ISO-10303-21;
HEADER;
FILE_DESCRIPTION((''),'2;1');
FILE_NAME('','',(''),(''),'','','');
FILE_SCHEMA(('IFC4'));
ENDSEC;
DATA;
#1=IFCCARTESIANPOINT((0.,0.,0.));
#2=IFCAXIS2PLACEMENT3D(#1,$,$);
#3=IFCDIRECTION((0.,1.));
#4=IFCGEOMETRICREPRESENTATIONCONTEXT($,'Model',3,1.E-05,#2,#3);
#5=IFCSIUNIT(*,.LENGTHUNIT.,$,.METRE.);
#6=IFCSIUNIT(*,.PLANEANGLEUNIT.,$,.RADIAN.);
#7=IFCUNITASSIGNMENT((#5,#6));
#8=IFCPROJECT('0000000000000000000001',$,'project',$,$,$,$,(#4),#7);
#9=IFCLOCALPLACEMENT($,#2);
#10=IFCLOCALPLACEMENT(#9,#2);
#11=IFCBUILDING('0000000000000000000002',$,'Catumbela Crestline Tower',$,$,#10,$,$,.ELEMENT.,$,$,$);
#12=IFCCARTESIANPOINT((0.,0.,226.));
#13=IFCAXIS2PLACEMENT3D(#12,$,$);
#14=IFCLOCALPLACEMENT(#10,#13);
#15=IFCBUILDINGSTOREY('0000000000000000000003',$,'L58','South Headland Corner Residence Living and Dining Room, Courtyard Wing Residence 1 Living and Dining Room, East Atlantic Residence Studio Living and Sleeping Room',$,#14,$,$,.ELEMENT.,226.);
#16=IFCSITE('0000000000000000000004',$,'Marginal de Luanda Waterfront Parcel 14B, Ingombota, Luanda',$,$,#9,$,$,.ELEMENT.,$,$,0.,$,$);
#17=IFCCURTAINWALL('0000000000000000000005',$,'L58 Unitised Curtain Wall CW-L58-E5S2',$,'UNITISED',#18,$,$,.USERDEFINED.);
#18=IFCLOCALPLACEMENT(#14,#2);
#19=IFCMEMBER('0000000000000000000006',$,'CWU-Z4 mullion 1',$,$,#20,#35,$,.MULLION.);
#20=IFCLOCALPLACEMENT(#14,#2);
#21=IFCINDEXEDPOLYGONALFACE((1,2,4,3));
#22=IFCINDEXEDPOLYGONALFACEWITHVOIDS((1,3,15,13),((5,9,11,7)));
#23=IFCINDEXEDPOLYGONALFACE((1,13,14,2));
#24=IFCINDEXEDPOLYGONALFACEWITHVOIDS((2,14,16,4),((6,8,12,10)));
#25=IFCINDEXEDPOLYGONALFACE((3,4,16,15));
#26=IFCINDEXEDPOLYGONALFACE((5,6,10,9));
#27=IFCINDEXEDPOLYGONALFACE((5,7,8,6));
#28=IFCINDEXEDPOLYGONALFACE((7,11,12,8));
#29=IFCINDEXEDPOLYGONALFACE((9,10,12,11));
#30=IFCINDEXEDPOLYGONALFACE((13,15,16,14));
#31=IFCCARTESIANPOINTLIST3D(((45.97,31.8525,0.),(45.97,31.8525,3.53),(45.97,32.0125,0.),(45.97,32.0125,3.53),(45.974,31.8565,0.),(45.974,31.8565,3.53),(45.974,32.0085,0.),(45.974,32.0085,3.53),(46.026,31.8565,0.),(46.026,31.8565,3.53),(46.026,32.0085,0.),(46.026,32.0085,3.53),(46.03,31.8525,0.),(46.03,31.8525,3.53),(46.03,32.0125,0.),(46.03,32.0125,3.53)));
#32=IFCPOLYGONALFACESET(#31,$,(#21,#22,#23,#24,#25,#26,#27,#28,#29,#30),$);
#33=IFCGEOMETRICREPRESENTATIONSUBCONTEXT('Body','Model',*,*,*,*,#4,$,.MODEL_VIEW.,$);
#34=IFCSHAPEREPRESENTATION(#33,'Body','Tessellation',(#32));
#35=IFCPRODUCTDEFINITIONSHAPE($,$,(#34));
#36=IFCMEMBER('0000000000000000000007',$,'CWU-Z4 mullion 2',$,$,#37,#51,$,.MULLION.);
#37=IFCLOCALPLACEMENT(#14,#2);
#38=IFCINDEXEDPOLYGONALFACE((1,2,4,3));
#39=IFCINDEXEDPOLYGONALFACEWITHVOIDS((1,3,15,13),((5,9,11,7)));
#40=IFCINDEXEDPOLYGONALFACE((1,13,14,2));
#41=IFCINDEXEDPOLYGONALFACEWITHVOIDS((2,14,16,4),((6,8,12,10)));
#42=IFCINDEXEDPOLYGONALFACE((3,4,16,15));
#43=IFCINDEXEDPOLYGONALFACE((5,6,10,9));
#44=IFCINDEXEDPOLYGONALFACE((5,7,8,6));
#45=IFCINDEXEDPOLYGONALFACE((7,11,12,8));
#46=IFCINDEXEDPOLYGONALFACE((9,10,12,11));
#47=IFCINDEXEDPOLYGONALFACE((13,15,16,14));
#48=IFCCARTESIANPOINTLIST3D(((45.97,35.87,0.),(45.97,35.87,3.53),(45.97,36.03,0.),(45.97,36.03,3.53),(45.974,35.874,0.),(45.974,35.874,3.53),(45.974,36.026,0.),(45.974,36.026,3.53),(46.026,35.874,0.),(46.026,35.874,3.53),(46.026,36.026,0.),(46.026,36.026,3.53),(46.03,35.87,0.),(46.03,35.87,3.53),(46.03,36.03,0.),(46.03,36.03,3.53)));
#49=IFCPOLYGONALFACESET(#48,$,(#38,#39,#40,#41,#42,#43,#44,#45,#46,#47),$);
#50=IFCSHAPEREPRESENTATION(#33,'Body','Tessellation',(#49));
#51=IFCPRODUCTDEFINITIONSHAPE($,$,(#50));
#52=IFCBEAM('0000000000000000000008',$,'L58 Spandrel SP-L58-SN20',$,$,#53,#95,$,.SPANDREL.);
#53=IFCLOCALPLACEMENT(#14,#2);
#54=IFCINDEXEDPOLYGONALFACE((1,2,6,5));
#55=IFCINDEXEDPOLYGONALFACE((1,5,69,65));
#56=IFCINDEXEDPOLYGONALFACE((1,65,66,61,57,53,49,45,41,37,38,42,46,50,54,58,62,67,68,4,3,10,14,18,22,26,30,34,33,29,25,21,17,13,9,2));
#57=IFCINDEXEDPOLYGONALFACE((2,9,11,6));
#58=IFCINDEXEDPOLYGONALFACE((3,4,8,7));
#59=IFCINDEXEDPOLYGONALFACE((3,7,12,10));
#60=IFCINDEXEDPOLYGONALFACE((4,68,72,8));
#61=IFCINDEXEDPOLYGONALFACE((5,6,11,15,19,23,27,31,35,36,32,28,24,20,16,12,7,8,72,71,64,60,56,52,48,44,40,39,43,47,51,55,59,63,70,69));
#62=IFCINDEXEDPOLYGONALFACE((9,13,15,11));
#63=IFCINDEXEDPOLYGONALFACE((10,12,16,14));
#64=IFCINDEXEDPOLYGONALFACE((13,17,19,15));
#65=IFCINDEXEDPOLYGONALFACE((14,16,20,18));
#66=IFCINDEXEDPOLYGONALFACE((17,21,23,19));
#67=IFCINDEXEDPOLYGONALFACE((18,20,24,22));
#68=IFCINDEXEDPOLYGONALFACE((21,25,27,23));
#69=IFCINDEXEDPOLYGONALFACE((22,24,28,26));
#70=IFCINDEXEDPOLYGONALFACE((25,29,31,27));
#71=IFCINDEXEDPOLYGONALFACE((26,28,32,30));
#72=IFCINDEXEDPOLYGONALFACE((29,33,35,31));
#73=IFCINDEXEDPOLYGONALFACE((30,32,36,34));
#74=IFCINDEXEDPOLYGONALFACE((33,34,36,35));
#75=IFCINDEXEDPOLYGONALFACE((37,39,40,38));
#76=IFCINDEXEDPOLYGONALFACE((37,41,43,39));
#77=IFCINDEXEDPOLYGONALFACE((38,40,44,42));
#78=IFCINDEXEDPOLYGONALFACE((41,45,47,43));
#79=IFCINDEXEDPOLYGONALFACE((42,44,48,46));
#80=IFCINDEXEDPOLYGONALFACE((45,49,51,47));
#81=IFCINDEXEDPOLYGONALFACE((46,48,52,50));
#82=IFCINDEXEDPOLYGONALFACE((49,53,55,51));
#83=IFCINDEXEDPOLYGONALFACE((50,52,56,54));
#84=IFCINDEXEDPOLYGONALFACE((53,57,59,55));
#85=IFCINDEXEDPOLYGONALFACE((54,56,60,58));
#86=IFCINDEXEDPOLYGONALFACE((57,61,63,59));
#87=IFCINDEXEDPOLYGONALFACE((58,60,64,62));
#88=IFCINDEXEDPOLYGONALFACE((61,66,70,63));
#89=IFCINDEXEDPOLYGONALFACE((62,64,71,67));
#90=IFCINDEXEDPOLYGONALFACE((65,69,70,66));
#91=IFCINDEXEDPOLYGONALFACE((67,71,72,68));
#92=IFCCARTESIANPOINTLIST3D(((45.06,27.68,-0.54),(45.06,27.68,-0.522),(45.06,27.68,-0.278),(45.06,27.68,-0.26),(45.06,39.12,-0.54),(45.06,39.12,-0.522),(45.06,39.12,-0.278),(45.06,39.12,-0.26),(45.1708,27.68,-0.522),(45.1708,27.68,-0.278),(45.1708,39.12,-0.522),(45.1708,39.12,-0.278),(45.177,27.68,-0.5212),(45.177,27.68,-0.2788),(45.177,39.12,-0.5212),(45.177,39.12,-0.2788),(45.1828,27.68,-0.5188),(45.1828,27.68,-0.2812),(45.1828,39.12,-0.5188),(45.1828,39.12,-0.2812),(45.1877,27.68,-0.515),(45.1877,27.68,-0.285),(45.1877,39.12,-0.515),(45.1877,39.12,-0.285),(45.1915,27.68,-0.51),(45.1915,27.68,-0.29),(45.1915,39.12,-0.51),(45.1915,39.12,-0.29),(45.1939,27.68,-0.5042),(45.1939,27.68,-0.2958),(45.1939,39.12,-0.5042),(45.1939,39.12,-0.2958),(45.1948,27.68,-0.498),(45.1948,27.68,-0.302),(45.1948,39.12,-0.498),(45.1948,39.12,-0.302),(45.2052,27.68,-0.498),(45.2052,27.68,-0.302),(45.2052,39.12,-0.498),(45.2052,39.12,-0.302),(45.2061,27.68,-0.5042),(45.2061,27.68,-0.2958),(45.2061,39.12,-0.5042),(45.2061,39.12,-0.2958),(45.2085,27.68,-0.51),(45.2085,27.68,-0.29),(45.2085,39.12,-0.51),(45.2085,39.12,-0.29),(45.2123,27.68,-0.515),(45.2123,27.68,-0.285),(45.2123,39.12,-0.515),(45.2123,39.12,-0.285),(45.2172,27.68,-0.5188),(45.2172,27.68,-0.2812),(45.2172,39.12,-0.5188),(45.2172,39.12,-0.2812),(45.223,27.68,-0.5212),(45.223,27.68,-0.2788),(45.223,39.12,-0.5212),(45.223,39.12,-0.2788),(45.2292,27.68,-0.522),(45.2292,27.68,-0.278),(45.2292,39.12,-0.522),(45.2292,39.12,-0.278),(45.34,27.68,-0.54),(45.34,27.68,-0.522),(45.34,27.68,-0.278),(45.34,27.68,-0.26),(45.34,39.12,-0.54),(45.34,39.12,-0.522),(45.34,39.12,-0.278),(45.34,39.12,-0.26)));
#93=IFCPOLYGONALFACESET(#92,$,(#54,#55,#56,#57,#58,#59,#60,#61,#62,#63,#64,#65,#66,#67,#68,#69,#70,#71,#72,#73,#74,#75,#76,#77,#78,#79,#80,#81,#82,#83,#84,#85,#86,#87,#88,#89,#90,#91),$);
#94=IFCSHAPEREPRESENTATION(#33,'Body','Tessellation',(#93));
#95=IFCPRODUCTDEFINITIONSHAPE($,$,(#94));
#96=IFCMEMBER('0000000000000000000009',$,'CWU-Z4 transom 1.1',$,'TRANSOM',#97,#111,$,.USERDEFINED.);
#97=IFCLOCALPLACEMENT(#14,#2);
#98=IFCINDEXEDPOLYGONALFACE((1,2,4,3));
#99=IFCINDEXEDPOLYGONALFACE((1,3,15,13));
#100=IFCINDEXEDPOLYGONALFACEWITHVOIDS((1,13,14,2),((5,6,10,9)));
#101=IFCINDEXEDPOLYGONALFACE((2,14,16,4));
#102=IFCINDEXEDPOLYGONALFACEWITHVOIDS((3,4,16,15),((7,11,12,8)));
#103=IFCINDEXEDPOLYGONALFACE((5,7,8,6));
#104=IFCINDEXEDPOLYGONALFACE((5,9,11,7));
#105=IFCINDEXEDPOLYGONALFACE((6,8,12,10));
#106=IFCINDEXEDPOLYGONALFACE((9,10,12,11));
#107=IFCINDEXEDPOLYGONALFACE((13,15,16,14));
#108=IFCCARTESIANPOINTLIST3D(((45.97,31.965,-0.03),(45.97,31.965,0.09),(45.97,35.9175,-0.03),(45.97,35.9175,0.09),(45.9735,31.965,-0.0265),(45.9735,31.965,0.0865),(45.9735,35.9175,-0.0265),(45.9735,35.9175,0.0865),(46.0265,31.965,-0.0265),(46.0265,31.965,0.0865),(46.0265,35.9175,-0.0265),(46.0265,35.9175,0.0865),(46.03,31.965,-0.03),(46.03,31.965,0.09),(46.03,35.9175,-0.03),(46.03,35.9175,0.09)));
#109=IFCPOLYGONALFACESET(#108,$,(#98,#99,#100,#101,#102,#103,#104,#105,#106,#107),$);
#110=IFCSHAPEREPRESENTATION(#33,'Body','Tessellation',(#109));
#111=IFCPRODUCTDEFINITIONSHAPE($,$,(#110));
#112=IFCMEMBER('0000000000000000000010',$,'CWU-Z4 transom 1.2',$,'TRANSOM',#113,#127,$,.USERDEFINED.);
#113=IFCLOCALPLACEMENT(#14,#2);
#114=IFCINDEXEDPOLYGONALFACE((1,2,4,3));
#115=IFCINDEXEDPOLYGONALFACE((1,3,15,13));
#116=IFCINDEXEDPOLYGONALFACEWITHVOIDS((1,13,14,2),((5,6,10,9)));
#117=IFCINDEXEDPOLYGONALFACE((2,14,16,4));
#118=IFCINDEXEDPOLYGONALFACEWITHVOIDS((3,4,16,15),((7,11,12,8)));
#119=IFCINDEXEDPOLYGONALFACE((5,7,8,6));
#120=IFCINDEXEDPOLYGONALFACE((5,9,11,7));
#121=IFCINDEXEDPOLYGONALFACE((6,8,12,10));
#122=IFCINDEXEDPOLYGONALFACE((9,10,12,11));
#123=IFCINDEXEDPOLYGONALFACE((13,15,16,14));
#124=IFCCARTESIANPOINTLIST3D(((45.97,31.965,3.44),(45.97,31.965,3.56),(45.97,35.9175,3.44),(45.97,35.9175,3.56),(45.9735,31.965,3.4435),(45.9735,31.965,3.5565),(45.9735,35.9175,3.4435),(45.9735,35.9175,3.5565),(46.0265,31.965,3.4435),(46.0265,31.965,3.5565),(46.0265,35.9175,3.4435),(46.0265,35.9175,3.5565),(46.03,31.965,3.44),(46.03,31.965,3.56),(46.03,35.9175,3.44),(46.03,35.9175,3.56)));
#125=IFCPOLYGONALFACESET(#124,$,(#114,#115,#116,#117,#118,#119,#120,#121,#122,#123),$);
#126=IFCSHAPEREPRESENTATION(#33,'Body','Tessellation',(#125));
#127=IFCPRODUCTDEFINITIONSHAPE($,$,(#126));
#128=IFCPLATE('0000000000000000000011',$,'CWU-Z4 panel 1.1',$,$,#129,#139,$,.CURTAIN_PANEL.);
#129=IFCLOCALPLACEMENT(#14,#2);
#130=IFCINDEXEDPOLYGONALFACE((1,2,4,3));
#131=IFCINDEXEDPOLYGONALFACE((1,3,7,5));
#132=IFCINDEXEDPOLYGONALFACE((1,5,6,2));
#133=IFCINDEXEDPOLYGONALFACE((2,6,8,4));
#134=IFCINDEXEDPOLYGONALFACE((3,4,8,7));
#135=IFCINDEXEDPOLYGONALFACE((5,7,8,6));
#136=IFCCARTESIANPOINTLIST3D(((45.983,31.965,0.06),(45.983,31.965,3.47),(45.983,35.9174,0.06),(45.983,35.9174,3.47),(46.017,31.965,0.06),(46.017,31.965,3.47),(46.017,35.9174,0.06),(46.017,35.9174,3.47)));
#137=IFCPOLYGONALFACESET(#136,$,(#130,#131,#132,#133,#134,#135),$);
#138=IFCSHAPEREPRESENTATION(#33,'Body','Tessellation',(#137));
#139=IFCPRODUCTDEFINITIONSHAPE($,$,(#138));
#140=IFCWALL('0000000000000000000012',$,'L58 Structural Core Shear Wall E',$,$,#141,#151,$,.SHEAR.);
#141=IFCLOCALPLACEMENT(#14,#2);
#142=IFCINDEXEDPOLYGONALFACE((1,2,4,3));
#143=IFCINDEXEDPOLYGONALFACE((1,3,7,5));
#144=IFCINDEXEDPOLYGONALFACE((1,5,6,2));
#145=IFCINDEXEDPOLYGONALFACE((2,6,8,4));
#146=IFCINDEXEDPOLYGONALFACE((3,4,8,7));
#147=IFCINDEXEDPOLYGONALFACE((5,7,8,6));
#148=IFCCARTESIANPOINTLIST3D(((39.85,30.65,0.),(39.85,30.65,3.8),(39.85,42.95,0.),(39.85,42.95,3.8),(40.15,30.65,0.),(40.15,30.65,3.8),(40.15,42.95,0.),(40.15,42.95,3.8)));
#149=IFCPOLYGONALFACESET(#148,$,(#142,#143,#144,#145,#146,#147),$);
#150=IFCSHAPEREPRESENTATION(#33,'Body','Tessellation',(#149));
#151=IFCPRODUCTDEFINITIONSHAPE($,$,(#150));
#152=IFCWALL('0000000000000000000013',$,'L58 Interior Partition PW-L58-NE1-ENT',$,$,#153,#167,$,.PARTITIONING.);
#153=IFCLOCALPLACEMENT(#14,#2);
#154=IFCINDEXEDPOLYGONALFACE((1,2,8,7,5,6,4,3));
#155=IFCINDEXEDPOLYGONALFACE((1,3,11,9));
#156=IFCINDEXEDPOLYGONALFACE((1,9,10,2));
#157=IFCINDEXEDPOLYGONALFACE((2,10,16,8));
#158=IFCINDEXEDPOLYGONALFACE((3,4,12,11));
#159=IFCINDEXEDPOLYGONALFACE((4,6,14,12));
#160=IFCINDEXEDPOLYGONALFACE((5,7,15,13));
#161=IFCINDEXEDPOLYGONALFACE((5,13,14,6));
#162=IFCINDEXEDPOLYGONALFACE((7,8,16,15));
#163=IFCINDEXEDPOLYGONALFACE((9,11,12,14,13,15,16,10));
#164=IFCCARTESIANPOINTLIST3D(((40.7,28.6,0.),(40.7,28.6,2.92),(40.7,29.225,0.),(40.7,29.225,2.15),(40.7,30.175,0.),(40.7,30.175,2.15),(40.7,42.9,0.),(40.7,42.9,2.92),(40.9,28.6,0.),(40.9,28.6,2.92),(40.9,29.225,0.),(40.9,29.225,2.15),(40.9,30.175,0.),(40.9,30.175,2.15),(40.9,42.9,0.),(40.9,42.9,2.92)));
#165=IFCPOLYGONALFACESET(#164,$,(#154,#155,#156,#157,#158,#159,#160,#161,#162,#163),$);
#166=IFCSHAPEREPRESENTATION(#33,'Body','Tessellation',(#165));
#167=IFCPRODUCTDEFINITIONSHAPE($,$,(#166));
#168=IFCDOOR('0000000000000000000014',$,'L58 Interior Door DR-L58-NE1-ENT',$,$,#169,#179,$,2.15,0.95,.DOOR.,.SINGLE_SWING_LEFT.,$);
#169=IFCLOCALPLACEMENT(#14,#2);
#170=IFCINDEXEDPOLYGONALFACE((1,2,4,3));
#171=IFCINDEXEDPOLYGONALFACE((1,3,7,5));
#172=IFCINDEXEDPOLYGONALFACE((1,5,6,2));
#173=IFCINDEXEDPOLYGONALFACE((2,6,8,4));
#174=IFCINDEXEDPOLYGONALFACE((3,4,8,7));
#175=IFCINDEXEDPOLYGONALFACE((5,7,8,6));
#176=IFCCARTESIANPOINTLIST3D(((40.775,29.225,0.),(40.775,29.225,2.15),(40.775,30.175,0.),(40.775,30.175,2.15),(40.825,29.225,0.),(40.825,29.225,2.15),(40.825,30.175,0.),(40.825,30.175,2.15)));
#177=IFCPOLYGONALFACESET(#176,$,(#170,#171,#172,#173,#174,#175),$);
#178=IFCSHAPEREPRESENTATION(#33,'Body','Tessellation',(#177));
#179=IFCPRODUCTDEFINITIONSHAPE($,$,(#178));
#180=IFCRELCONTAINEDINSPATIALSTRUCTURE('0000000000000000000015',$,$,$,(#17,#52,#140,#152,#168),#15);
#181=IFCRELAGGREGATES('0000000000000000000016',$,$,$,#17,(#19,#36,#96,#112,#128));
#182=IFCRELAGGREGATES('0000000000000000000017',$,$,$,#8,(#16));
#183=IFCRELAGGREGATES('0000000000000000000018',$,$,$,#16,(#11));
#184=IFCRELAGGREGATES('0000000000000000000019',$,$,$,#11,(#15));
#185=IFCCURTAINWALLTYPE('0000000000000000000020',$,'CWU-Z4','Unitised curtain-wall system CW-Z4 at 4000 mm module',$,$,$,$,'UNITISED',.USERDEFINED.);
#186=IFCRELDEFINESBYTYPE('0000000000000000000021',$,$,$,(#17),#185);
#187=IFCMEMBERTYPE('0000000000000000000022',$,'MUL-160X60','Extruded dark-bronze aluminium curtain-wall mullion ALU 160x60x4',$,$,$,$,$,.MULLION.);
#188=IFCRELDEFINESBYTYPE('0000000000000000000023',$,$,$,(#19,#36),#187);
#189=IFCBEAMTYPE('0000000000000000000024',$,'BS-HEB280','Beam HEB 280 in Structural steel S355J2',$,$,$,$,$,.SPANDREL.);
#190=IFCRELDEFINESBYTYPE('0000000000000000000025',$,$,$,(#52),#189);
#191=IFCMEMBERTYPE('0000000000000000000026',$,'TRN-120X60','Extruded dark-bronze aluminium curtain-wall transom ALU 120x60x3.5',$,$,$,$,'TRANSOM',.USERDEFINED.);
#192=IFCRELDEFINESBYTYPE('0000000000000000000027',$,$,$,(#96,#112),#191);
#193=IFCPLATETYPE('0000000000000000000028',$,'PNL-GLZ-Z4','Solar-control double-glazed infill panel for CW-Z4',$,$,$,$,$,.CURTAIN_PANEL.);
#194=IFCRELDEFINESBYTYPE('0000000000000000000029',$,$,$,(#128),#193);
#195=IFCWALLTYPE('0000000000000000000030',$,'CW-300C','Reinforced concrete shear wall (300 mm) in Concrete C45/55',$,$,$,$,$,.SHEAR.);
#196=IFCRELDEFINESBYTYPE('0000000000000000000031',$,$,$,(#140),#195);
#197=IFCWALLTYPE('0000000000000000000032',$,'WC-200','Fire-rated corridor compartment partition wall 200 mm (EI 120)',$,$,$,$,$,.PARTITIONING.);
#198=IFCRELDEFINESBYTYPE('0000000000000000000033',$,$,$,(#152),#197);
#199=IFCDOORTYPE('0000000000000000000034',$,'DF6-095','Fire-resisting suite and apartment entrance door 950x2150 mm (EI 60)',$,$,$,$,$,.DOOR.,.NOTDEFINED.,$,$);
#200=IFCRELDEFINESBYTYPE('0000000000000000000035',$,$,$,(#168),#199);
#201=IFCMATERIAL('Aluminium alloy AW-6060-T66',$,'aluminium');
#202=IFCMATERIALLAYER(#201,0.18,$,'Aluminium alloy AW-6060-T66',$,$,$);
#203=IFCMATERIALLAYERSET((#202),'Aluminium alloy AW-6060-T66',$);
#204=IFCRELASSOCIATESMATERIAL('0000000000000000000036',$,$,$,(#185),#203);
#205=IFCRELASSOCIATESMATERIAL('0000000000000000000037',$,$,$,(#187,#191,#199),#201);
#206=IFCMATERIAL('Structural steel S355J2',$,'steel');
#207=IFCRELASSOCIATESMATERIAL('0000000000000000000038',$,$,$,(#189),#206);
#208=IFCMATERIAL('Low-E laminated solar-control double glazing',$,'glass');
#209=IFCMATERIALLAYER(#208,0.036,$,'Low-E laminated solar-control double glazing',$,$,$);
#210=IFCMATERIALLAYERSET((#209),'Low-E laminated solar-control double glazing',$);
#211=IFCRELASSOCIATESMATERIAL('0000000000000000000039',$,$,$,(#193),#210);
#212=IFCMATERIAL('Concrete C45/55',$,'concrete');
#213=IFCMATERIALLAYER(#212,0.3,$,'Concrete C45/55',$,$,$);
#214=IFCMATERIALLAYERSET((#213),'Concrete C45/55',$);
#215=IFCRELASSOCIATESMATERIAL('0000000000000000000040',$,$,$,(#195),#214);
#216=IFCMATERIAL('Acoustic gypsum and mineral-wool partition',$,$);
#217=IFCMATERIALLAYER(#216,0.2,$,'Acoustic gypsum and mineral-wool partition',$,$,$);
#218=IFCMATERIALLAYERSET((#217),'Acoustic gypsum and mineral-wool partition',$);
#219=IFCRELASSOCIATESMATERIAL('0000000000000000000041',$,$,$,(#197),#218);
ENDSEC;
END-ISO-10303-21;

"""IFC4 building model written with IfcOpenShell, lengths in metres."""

from ifc_helpers import new_model, si_unit, direction, frame, frame_2d, origin, origin_2d, place, context, subcontext, project, spatial, rectangle, hollow_rectangle, i_section, extrude, material, layer, layer_set, material_profile, profile_set, type_object, element, fill, aggregate, save


model = new_model("IFC4")

# Units and contexts
model_context = context("Model", 3, precision=1e-05, world=origin(), true_north=direction((0.0, 1.0)))
body_context = subcontext(model_context, "Body", "Model", "MODEL_VIEW")
ifc_project = project(units=[si_unit("LENGTHUNIT", "METRE"), si_unit("PLANEANGLEUNIT", "RADIAN")], contexts=[model_context])

# Site, building, storey
site_placement = place(None, origin())
site = spatial("IfcSite", under=ifc_project, at=site_placement, Name="Marginal de Luanda Waterfront Parcel 14B, Ingombota, Luanda", CompositionType="ELEMENT", RefElevation=0.0)
building_placement = place(site_placement, origin())
building = spatial("IfcBuilding", under=site, at=building_placement, Name="Catumbela Crestline Tower", CompositionType="ELEMENT")
storey_placement = place(building_placement, frame((0.0, 0.0, 226.0)))
storey = spatial("IfcBuildingStorey", under=building, at=storey_placement, Name="L58", Description="South Headland Corner Residence Living and Dining Room, Courtyard Wing Residence 1 Living and Dining Room, East Atlantic Residence Studio Living and Sleeping Room", CompositionType="ELEMENT", Elevation=226.0)

# Shared definitions
ifc_material_1 = material(Name="Structural steel S355J2", Category="steel")

# Curtain wall, members
ifc_material_2 = material(Name="Aluminium alloy AW-6060-T66", Category="aluminium")
ifc_layer_1 = layer(ifc_material_2, 0.18, Name="Aluminium alloy AW-6060-T66")
ifc_layer_set_1 = layer_set([ifc_layer_1], Name="Aluminium alloy AW-6060-T66")
curtain_wall_type = type_object("IfcCurtainWallType", Name="CWU-Z4", Description="Unitised curtain-wall system CW-Z4 at 4000 mm module", ElementType="UNITISED", PredefinedType="USERDEFINED", material=ifc_layer_set_1)
curtain_wall_placement = place(storey_placement, origin())
curtain_wall = element("IfcCurtainWall", 1, at=curtain_wall_placement, inside=storey, type_object=curtain_wall_type, Name="L58 Unitised Curtain Wall CW-L58-E5S2", ObjectType="UNITISED", PredefinedType="USERDEFINED")
ifc_material_profile_1 = material_profile(ifc_material_2, hollow_rectangle(XDim=0.06, YDim=0.16, WallThickness=0.004, at=origin_2d()), Name="ALU 160x60x4")
ifc_profile_set_1 = profile_set([ifc_material_profile_1], Name="Aluminium alloy AW-6060-T66")
member_type_1 = type_object("IfcMemberType", Name="MUL-160X60", Description="Extruded dark-bronze aluminium curtain-wall mullion ALU 160x60x4", PredefinedType="MULLION", material=ifc_profile_set_1)
member_1_placement = place(storey_placement, frame((46.0, 31.9325, 0.0), z_axis=(0.0, 0.0, 1.0), x_axis=(-1.0, 0.0, 0.0)))
member_1 = element("IfcMember", 2, at=member_1_placement, type_object=member_type_1, Name="CWU-Z4 mullion 1", PredefinedType="MULLION", context=body_context, shape_type="SweptSolid", body=[
    extrude(hollow_rectangle(XDim=0.06, YDim=0.16, WallThickness=0.004, at=origin_2d()), origin(), (0.0, 0.0, 1.0), 3.53),
])
member_2_placement = place(storey_placement, frame((46.0, 35.95, 0.0), z_axis=(0.0, 0.0, 1.0), x_axis=(-1.0, 0.0, 0.0)))
member_2 = element("IfcMember", 3, at=member_2_placement, type_object=member_type_1, Name="CWU-Z4 mullion 2", PredefinedType="MULLION", context=body_context, shape_type="SweptSolid", body=[
    extrude(hollow_rectangle(XDim=0.06, YDim=0.16, WallThickness=0.004, at=origin_2d()), origin(), (0.0, 0.0, 1.0), 3.53),
])

# Beam
ifc_material_profile_2 = material_profile(ifc_material_1, i_section(OverallWidth=0.28, OverallDepth=0.28, WebThickness=0.0105, FlangeThickness=0.018, FilletRadius=0.024, at=origin_2d()), Name="HEB 280")
ifc_profile_set_2 = profile_set([ifc_material_profile_2], Name="Structural steel S355J2")
beam_type_1 = type_object("IfcBeamType", Name="BS-HEB280", Description="Beam HEB 280 in Structural steel S355J2", PredefinedType="SPANDREL", material=ifc_profile_set_2)
beam_1_placement = place(storey_placement, frame((45.2, 27.68, -0.4), z_axis=(0.0, 1.0, 0.0), x_axis=(-1.0, 0.0, 0.0)))
element("IfcBeam", 4, at=beam_1_placement, inside=storey, type_object=beam_type_1, Name="L58 Spandrel SP-L58-SN20", PredefinedType="SPANDREL", context=body_context, shape_type="SweptSolid", body=[
    extrude(i_section(OverallWidth=0.28, OverallDepth=0.28, WebThickness=0.0105, FlangeThickness=0.018, FilletRadius=0.024, at=origin_2d()), origin(), (0.0, 0.0, 1.0), 11.44),
])

# Members
ifc_material_profile_3 = material_profile(ifc_material_2, hollow_rectangle(XDim=0.06, YDim=0.12, WallThickness=0.0035, at=origin_2d()), Name="ALU 120x60x3.5")
ifc_profile_set_3 = profile_set([ifc_material_profile_3], Name="Aluminium alloy AW-6060-T66")
member_type_2 = type_object("IfcMemberType", Name="TRN-120X60", Description="Extruded dark-bronze aluminium curtain-wall transom ALU 120x60x3.5", ElementType="TRANSOM", PredefinedType="USERDEFINED", material=ifc_profile_set_3)
member_3_placement = place(storey_placement, frame((46.0, 31.965, 0.03), z_axis=(0.0, 1.0, 0.0), x_axis=(-1.0, 0.0, 0.0)))
member_3 = element("IfcMember", 5, at=member_3_placement, type_object=member_type_2, Name="CWU-Z4 transom 1.1", ObjectType="TRANSOM", PredefinedType="USERDEFINED", context=body_context, shape_type="SweptSolid", body=[
    extrude(hollow_rectangle(XDim=0.06, YDim=0.12, WallThickness=0.0035, at=origin_2d()), origin(), (0.0, 0.0, 1.0), 3.9525),
])
member_4_placement = place(storey_placement, frame((46.0, 31.965, 3.5), z_axis=(0.0, 1.0, 0.0), x_axis=(-1.0, 0.0, 0.0)))
member_4 = element("IfcMember", 6, at=member_4_placement, type_object=member_type_2, Name="CWU-Z4 transom 1.2", ObjectType="TRANSOM", PredefinedType="USERDEFINED", context=body_context, shape_type="SweptSolid", body=[
    extrude(hollow_rectangle(XDim=0.06, YDim=0.12, WallThickness=0.0035, at=origin_2d()), origin(), (0.0, 0.0, 1.0), 3.9525),
])

# Plate
ifc_material_3 = material(Name="Low-E laminated solar-control double glazing", Category="glass")
ifc_layer_2 = layer(ifc_material_3, 0.036, Name="Low-E laminated solar-control double glazing")
ifc_layer_set_2 = layer_set([ifc_layer_2], Name="Low-E laminated solar-control double glazing")
plate_type = type_object("IfcPlateType", Name="PNL-GLZ-Z4", Description="Solar-control double-glazed infill panel for CW-Z4", PredefinedType="CURTAIN_PANEL", material=ifc_layer_set_2)
plate_placement = place(storey_placement, frame((46.0, 33.9412, 0.06), z_axis=(0.0, 0.0, 1.0), x_axis=(0.0, 1.0, 0.0)))
plate = element("IfcPlate", 7, at=plate_placement, type_object=plate_type, Name="CWU-Z4 panel 1.1", PredefinedType="CURTAIN_PANEL", context=body_context, shape_type="SweptSolid", body=[
    extrude(rectangle(XDim=3.9525, YDim=0.034, at=origin_2d()), origin(), (0.0, 0.0, 1.0), 3.41),
])
aggregate(curtain_wall, [member_1, member_2, member_3, member_4, plate])

# Wall
ifc_material_4 = material(Name="Concrete C45/55", Category="concrete")
ifc_layer_3 = layer(ifc_material_4, 0.3, Name="Concrete C45/55")
ifc_layer_set_3 = layer_set([ifc_layer_3], Name="Concrete C45/55")
wall_type_1 = type_object("IfcWallType", Name="CW-300C", Description="Reinforced concrete shear wall (300 mm) in Concrete C45/55", PredefinedType="SHEAR", material=ifc_layer_set_3)
wall_1_placement = place(storey_placement, frame((40.0, 30.65, 0.0), z_axis=(0.0, 0.0, 1.0), x_axis=(0.0, 1.0, 0.0)))
element("IfcWall", 8, at=wall_1_placement, inside=storey, type_object=wall_type_1, Name="L58 Structural Core Shear Wall E", PredefinedType="SHEAR", context=body_context, shape_type="SweptSolid", body=[
    extrude(rectangle(XDim=12.3, YDim=0.3, at=frame_2d((6.15, 0.0))), origin(), (0.0, 0.0, 1.0), 3.8),
])

# Wall, opening, door
ifc_material_5 = material(Name="Acoustic gypsum and mineral-wool partition")
ifc_layer_4 = layer(ifc_material_5, 0.2, Name="Acoustic gypsum and mineral-wool partition")
ifc_layer_set_4 = layer_set([ifc_layer_4], Name="Acoustic gypsum and mineral-wool partition")
wall_type_2 = type_object("IfcWallType", Name="WC-200", Description="Fire-rated corridor compartment partition wall 200 mm (EI 120)", PredefinedType="PARTITIONING", material=ifc_layer_set_4)
wall_2_placement = place(storey_placement, frame((40.8, 28.6, 0.0), z_axis=(0.0, 0.0, 1.0), x_axis=(0.0, 1.0, 0.0)))
wall_2 = element("IfcWall", 9, at=wall_2_placement, inside=storey, type_object=wall_type_2, Name="L58 Interior Partition PW-L58-NE1-ENT", PredefinedType="PARTITIONING", context=body_context, shape_type="SweptSolid", body=[
    extrude(rectangle(XDim=14.3, YDim=0.2, at=frame_2d((7.15, 0.0))), origin(), (0.0, 0.0, 1.0), 2.92),
])
opening_1_placement = place(wall_2_placement, frame((0.625, 0.0, 0.0)))
opening_1 = element("IfcOpeningElement", 10, at=opening_1_placement, cuts=wall_2, PredefinedType="OPENING", context=body_context, shape_type="SweptSolid", body=[
    extrude(rectangle(XDim=0.95, YDim=2.15, at=frame_2d((0.475, 1.075))), frame((0.0, 0.11, 0.0), z_axis=(0.0, -1.0, 0.0), x_axis=(1.0, 0.0, 0.0)), (0.0, 0.0, 1.0), 0.22),
])
door_type_1 = type_object("IfcDoorType", Name="DF6-095", Description="Fire-resisting suite and apartment entrance door 950x2150 mm (EI 60)", OperationType="NOTDEFINED", PredefinedType="DOOR", material=ifc_material_2)
door_1_placement = place(opening_1_placement, origin())
door_1 = element("IfcDoor", 11, at=door_1_placement, inside=storey, type_object=door_type_1, Name="L58 Interior Door DR-L58-NE1-ENT", OperationType="SINGLE_SWING_LEFT", OverallHeight=2.15, OverallWidth=0.95, PredefinedType="DOOR", context=body_context, shape_type="SweptSolid", body=[
    extrude(rectangle(XDim=0.95, YDim=2.15, at=frame_2d((0.475, 1.075))), frame((0.0, 0.025, 0.0), z_axis=(0.0, -1.0, 0.0), x_axis=(1.0, 0.0, 0.0)), (0.0, 0.0, 1.0), 0.05),
])
fill(opening_1, door_1)

save(model, "model.ifc")
